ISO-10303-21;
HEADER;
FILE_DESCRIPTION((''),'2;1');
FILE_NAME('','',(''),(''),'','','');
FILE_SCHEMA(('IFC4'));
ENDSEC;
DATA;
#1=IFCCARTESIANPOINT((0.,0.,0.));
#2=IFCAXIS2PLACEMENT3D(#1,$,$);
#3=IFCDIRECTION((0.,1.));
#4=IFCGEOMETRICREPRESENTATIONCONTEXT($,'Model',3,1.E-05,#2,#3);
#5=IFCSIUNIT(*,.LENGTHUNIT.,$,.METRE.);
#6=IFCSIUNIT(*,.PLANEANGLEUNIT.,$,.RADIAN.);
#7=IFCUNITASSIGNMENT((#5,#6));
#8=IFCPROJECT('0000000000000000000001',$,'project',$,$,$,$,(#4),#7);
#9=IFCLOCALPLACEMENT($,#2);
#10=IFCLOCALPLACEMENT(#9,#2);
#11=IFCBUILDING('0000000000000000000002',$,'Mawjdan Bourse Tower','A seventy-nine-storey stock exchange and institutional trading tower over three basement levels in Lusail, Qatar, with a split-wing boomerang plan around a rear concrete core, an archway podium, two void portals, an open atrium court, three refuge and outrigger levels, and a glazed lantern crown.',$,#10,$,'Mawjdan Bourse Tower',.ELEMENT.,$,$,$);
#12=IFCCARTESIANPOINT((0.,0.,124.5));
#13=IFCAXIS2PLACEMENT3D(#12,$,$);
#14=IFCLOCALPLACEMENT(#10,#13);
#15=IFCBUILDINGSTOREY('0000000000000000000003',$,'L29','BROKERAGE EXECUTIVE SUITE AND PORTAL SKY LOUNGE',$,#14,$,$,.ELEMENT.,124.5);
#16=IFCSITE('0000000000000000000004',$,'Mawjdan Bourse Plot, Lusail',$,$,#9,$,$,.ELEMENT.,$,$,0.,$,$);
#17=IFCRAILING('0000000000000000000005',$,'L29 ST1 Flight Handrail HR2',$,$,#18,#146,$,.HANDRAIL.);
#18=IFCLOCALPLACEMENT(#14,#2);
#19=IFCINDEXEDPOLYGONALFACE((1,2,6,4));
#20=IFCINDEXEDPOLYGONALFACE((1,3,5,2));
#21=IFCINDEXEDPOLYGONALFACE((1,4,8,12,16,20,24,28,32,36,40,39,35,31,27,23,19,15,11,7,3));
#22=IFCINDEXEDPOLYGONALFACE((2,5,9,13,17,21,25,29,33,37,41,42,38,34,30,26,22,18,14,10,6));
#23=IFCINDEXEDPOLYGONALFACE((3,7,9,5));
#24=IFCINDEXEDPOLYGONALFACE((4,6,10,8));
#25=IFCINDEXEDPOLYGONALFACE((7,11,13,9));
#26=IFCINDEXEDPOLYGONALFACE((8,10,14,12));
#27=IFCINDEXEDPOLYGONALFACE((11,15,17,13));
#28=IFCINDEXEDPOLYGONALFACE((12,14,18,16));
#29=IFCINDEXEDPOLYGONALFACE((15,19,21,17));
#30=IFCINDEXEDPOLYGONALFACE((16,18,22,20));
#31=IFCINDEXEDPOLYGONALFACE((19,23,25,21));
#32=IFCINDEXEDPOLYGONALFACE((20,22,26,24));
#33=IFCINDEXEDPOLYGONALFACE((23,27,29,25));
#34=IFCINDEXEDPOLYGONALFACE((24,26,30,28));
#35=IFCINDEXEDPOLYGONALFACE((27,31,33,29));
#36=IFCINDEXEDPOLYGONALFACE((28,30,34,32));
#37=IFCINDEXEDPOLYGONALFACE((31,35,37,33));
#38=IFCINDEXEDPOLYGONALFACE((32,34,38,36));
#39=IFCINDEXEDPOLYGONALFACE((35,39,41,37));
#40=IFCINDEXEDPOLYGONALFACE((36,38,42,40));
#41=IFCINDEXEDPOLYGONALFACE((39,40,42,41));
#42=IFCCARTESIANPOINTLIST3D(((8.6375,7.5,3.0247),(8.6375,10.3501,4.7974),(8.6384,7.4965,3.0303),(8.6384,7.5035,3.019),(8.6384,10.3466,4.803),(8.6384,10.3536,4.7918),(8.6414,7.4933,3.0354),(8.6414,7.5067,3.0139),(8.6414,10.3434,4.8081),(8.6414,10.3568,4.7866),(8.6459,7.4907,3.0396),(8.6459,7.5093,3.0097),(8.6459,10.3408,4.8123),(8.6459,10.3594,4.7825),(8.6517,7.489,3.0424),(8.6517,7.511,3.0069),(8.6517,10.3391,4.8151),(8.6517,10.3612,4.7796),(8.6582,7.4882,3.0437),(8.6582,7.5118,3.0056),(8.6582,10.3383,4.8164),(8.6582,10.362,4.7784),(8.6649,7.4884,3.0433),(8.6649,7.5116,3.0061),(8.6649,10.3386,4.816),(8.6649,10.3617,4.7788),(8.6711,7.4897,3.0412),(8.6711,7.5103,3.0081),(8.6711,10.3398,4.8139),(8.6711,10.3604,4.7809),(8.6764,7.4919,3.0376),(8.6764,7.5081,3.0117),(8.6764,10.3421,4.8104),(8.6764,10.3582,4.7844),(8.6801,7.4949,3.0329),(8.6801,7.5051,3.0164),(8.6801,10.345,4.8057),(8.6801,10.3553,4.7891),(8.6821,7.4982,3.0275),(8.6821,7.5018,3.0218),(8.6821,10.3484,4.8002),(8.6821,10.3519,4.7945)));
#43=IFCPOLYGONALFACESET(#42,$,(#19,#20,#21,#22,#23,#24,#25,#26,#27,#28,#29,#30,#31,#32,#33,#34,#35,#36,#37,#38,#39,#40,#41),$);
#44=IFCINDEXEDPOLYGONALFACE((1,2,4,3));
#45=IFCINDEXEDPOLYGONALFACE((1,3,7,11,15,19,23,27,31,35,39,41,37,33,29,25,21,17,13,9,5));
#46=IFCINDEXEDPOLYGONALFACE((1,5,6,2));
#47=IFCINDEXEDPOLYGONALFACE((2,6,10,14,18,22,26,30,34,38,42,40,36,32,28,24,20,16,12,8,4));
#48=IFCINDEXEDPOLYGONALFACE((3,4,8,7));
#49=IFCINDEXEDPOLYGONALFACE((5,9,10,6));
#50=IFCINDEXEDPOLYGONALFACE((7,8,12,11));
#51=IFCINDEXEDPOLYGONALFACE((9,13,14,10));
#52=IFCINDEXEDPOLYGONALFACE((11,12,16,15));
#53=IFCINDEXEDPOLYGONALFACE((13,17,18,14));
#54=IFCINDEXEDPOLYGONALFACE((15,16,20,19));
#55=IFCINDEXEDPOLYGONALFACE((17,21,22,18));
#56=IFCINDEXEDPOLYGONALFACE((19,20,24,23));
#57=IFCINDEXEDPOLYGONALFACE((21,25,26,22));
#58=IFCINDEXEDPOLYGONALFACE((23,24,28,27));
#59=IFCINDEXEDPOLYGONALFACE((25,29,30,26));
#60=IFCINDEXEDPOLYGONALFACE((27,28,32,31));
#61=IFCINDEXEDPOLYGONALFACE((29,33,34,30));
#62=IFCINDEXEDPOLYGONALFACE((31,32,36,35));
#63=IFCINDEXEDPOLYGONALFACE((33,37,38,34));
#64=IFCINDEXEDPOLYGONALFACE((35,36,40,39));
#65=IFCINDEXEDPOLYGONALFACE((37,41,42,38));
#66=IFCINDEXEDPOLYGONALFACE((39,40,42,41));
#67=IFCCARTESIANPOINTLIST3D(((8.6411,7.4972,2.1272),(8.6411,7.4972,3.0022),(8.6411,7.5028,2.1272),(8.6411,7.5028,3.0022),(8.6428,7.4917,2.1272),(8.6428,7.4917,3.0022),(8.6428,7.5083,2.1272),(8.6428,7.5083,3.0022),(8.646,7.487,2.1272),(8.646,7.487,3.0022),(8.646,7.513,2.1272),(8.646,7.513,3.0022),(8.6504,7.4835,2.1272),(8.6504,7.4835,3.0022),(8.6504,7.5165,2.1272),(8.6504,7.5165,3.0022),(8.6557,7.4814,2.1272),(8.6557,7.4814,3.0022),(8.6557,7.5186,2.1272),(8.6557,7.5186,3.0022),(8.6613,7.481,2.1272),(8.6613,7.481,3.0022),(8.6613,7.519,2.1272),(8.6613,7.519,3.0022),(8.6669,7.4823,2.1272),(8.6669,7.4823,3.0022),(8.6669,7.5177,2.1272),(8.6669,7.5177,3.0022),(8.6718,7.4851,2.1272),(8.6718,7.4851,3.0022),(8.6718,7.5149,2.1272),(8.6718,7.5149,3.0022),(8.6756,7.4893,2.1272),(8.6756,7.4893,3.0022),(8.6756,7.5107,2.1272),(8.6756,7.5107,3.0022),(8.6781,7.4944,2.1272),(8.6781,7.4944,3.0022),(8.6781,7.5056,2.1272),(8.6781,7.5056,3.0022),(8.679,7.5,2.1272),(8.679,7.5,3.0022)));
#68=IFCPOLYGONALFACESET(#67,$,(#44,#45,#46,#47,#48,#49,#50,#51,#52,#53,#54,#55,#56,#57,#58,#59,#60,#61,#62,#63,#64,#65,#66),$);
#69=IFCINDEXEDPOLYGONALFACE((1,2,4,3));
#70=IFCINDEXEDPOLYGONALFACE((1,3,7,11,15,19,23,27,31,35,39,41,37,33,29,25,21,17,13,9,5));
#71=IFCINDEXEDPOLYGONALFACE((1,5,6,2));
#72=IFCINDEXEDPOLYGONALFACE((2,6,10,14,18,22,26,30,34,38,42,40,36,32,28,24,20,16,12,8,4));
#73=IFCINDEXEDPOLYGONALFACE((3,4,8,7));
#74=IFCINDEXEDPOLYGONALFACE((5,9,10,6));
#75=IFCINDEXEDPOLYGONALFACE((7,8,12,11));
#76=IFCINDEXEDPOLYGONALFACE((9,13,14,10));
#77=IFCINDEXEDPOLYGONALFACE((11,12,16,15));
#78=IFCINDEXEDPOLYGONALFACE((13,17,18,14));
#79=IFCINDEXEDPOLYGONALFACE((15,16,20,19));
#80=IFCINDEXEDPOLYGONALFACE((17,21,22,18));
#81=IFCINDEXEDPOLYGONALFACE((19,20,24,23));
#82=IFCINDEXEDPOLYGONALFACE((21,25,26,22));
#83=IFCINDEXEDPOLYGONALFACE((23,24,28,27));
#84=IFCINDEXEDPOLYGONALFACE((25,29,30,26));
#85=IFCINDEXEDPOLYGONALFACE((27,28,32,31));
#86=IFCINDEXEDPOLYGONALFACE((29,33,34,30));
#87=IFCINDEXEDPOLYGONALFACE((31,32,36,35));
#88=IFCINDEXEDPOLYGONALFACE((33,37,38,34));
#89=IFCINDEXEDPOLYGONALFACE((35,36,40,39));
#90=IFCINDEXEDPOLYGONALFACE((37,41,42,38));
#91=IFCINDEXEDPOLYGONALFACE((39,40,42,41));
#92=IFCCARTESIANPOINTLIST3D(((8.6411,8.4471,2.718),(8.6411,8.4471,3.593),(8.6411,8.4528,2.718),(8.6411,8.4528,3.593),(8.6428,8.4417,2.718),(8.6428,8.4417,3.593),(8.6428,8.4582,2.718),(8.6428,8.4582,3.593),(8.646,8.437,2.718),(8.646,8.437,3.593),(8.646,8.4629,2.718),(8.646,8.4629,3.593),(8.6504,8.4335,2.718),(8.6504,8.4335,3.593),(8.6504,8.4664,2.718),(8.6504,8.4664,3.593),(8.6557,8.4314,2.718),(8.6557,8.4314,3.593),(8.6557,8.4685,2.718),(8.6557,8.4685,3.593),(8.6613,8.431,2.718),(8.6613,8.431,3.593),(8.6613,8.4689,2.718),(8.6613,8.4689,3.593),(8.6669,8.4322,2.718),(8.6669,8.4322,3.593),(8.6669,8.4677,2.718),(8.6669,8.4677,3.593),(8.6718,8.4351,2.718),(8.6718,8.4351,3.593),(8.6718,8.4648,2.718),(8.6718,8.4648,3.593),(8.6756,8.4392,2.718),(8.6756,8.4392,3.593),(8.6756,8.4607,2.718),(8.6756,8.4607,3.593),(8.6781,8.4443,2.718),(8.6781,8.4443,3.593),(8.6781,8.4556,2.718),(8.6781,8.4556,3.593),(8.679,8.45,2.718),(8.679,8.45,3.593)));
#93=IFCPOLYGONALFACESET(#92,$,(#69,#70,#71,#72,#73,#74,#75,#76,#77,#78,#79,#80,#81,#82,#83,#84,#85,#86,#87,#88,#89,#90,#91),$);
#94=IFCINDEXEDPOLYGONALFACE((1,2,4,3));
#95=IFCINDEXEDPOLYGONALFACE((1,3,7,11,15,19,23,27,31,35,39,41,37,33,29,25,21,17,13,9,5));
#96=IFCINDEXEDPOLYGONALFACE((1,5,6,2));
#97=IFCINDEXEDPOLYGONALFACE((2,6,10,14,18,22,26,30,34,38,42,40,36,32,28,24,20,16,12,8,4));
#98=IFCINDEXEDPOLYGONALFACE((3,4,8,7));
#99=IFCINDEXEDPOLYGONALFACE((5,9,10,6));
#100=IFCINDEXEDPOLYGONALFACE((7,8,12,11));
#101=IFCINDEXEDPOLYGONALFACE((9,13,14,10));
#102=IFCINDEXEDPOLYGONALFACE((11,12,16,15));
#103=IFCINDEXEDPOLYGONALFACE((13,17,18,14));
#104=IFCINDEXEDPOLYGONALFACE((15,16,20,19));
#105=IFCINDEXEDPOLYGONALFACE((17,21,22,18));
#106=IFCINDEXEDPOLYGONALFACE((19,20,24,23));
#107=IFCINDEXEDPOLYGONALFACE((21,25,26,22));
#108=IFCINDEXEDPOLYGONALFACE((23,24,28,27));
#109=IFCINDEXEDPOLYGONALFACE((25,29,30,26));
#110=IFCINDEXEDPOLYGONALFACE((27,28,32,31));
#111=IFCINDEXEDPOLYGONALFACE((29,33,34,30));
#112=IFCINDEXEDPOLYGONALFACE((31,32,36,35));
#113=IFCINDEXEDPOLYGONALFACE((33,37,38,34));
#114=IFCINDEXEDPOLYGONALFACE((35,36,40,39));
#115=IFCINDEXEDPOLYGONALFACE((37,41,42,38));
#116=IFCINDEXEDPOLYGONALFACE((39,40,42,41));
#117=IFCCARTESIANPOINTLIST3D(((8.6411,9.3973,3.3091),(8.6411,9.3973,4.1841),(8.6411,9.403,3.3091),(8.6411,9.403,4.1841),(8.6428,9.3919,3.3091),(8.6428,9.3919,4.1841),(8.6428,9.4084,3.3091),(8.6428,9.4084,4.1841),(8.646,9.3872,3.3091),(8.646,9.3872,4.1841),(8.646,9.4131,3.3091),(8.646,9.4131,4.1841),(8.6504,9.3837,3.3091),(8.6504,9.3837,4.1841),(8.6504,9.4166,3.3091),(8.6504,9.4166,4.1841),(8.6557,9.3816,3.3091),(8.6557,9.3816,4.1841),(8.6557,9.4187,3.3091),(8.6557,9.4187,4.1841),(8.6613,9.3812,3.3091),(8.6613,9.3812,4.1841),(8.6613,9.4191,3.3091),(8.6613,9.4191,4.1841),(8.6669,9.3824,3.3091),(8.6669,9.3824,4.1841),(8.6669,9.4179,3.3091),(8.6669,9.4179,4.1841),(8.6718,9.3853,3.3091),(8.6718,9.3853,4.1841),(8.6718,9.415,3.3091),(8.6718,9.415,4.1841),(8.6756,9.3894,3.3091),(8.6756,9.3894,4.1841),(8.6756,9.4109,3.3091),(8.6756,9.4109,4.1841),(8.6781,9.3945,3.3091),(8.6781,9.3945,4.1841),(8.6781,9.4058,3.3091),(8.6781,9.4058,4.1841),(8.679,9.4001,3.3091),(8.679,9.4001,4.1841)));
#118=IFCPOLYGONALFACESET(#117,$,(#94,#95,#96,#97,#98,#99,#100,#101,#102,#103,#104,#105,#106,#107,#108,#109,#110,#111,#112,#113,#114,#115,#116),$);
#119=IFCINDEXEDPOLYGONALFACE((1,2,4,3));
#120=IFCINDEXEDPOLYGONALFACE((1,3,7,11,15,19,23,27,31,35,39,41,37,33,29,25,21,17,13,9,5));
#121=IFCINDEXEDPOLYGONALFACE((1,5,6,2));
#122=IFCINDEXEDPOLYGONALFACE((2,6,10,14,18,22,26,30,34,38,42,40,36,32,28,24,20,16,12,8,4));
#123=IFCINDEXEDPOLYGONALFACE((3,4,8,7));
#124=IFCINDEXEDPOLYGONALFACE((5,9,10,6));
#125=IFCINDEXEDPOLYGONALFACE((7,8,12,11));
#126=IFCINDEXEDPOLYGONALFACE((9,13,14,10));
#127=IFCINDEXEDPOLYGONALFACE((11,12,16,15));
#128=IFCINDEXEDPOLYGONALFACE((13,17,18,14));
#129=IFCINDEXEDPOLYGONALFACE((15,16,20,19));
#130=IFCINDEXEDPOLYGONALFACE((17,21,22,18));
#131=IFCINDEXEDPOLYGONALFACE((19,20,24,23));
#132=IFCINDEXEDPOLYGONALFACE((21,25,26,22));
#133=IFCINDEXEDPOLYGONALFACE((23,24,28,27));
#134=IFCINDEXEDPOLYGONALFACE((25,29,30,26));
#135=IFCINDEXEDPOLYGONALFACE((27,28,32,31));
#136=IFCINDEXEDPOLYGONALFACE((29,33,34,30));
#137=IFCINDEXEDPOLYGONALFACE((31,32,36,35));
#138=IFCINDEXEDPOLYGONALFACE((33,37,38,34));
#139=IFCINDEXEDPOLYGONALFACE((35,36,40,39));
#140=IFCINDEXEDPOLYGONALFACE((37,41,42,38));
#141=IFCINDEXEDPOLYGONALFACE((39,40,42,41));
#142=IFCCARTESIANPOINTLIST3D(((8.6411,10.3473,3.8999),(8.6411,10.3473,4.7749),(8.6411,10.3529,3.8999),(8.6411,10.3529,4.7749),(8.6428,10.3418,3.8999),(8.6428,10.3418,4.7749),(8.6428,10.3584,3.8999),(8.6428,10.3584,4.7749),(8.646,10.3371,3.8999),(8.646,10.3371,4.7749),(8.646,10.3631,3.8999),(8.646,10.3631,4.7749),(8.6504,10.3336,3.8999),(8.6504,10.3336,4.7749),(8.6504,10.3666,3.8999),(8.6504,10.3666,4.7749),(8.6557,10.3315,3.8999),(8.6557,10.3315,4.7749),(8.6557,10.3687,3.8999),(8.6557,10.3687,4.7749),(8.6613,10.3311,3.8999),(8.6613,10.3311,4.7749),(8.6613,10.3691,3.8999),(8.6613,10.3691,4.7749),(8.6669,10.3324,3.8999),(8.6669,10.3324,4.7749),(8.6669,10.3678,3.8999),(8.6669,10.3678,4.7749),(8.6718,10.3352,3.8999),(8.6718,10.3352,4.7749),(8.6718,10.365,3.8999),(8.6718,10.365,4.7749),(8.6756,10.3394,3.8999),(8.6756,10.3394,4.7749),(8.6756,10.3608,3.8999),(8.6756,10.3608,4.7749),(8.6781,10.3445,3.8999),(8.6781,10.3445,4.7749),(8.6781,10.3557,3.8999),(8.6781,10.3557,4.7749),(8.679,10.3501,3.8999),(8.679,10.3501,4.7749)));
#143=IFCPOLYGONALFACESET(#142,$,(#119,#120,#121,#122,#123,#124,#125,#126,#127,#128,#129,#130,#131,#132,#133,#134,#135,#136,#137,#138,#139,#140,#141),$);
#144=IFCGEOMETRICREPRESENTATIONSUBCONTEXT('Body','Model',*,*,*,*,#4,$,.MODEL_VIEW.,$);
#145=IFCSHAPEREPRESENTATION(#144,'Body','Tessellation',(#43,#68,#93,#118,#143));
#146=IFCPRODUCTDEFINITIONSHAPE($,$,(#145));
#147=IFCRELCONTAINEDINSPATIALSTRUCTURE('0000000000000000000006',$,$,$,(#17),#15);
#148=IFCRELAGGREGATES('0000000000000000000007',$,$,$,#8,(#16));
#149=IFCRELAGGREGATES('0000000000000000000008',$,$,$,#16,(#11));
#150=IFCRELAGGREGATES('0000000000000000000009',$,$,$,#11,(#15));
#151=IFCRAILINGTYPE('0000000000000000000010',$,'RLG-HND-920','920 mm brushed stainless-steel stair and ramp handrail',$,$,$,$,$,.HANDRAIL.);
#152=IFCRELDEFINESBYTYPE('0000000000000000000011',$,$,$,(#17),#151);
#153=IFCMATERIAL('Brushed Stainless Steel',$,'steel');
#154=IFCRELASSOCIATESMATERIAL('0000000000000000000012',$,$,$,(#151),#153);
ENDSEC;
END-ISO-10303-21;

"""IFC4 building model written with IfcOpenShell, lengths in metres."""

from ifc_helpers import new_model, si_unit, direction, frame, origin, origin_2d, place, context, subcontext, project, spatial, circle, extrude, material, type_object, element, save


model = new_model("IFC4")

# Units and contexts
model_context = context("Model", 3, precision=1e-05, world=origin(), true_north=direction((0.0, 1.0)))
body_context = subcontext(model_context, "Body", "Model", "MODEL_VIEW")
ifc_project = project(units=[si_unit("LENGTHUNIT", "METRE"), si_unit("PLANEANGLEUNIT", "RADIAN")], contexts=[model_context])

# Site, building, storey
site_placement = place(None, origin())
site = spatial("IfcSite", under=ifc_project, at=site_placement, Name="Mawjdan Bourse Plot, Lusail", CompositionType="ELEMENT", RefElevation=0.0)
building_placement = place(site_placement, origin())
building = spatial("IfcBuilding", under=site, at=building_placement, Name="Mawjdan Bourse Tower", Description="A seventy-nine-storey stock exchange and institutional trading tower over three basement levels in Lusail, Qatar, with a split-wing boomerang plan around a rear concrete core, an archway podium, two void portals, an open atrium court, three refuge and outrigger levels, and a glazed lantern crown.", LongName="Mawjdan Bourse Tower", CompositionType="ELEMENT")
storey_placement = place(building_placement, frame((0.0, 0.0, 124.5)))
storey = spatial("IfcBuildingStorey", under=building, at=storey_placement, Name="L29", Description="BROKERAGE EXECUTIVE SUITE AND PORTAL SKY LOUNGE", CompositionType="ELEMENT", Elevation=124.5)

# Shared definitions
ifc_material_1 = material(Name="Brushed Stainless Steel", Category="steel")

# Railing
railing_type_1 = type_object("IfcRailingType", Name="RLG-HND-920", Description="920 mm brushed stainless-steel stair and ramp handrail", PredefinedType="HANDRAIL", material=ifc_material_1)
for number, where, name in (
    (1, (8.6599, 7.5, 2.1272), "L29 ST1 Flight Handrail HR2"),
):
    element("IfcRailing", number, at=place(storey_placement, frame(where)), inside=storey, type_object=railing_type_1, Name=name, PredefinedType="HANDRAIL", context=body_context, shape_type="SweptSolid", body=[
        extrude(circle(Radius=0.0225, at=origin_2d()), frame((0.0, 0.0, 0.8975), z_axis=(0.0, 0.849149, 0.528154), x_axis=(-1.0, 0.0, 0.0)), (0.0, 0.0, 1.0), 3.3564),
        extrude(circle(Radius=0.019, at=origin_2d()), origin(), (0.0, 0.0, 1.0), 0.875),
        extrude(circle(Radius=0.019, at=origin_2d()), frame((0.0, 0.95, 0.5908)), (0.0, 0.0, 1.0), 0.875),
        extrude(circle(Radius=0.019, at=origin_2d()), frame((0.0, 1.9001, 1.1819)), (0.0, 0.0, 1.0), 0.875),
        extrude(circle(Radius=0.019, at=origin_2d()), frame((0.0, 2.8501, 1.7727)), (0.0, 0.0, 1.0), 0.875),
    ])

save(model, "model.ifc")
